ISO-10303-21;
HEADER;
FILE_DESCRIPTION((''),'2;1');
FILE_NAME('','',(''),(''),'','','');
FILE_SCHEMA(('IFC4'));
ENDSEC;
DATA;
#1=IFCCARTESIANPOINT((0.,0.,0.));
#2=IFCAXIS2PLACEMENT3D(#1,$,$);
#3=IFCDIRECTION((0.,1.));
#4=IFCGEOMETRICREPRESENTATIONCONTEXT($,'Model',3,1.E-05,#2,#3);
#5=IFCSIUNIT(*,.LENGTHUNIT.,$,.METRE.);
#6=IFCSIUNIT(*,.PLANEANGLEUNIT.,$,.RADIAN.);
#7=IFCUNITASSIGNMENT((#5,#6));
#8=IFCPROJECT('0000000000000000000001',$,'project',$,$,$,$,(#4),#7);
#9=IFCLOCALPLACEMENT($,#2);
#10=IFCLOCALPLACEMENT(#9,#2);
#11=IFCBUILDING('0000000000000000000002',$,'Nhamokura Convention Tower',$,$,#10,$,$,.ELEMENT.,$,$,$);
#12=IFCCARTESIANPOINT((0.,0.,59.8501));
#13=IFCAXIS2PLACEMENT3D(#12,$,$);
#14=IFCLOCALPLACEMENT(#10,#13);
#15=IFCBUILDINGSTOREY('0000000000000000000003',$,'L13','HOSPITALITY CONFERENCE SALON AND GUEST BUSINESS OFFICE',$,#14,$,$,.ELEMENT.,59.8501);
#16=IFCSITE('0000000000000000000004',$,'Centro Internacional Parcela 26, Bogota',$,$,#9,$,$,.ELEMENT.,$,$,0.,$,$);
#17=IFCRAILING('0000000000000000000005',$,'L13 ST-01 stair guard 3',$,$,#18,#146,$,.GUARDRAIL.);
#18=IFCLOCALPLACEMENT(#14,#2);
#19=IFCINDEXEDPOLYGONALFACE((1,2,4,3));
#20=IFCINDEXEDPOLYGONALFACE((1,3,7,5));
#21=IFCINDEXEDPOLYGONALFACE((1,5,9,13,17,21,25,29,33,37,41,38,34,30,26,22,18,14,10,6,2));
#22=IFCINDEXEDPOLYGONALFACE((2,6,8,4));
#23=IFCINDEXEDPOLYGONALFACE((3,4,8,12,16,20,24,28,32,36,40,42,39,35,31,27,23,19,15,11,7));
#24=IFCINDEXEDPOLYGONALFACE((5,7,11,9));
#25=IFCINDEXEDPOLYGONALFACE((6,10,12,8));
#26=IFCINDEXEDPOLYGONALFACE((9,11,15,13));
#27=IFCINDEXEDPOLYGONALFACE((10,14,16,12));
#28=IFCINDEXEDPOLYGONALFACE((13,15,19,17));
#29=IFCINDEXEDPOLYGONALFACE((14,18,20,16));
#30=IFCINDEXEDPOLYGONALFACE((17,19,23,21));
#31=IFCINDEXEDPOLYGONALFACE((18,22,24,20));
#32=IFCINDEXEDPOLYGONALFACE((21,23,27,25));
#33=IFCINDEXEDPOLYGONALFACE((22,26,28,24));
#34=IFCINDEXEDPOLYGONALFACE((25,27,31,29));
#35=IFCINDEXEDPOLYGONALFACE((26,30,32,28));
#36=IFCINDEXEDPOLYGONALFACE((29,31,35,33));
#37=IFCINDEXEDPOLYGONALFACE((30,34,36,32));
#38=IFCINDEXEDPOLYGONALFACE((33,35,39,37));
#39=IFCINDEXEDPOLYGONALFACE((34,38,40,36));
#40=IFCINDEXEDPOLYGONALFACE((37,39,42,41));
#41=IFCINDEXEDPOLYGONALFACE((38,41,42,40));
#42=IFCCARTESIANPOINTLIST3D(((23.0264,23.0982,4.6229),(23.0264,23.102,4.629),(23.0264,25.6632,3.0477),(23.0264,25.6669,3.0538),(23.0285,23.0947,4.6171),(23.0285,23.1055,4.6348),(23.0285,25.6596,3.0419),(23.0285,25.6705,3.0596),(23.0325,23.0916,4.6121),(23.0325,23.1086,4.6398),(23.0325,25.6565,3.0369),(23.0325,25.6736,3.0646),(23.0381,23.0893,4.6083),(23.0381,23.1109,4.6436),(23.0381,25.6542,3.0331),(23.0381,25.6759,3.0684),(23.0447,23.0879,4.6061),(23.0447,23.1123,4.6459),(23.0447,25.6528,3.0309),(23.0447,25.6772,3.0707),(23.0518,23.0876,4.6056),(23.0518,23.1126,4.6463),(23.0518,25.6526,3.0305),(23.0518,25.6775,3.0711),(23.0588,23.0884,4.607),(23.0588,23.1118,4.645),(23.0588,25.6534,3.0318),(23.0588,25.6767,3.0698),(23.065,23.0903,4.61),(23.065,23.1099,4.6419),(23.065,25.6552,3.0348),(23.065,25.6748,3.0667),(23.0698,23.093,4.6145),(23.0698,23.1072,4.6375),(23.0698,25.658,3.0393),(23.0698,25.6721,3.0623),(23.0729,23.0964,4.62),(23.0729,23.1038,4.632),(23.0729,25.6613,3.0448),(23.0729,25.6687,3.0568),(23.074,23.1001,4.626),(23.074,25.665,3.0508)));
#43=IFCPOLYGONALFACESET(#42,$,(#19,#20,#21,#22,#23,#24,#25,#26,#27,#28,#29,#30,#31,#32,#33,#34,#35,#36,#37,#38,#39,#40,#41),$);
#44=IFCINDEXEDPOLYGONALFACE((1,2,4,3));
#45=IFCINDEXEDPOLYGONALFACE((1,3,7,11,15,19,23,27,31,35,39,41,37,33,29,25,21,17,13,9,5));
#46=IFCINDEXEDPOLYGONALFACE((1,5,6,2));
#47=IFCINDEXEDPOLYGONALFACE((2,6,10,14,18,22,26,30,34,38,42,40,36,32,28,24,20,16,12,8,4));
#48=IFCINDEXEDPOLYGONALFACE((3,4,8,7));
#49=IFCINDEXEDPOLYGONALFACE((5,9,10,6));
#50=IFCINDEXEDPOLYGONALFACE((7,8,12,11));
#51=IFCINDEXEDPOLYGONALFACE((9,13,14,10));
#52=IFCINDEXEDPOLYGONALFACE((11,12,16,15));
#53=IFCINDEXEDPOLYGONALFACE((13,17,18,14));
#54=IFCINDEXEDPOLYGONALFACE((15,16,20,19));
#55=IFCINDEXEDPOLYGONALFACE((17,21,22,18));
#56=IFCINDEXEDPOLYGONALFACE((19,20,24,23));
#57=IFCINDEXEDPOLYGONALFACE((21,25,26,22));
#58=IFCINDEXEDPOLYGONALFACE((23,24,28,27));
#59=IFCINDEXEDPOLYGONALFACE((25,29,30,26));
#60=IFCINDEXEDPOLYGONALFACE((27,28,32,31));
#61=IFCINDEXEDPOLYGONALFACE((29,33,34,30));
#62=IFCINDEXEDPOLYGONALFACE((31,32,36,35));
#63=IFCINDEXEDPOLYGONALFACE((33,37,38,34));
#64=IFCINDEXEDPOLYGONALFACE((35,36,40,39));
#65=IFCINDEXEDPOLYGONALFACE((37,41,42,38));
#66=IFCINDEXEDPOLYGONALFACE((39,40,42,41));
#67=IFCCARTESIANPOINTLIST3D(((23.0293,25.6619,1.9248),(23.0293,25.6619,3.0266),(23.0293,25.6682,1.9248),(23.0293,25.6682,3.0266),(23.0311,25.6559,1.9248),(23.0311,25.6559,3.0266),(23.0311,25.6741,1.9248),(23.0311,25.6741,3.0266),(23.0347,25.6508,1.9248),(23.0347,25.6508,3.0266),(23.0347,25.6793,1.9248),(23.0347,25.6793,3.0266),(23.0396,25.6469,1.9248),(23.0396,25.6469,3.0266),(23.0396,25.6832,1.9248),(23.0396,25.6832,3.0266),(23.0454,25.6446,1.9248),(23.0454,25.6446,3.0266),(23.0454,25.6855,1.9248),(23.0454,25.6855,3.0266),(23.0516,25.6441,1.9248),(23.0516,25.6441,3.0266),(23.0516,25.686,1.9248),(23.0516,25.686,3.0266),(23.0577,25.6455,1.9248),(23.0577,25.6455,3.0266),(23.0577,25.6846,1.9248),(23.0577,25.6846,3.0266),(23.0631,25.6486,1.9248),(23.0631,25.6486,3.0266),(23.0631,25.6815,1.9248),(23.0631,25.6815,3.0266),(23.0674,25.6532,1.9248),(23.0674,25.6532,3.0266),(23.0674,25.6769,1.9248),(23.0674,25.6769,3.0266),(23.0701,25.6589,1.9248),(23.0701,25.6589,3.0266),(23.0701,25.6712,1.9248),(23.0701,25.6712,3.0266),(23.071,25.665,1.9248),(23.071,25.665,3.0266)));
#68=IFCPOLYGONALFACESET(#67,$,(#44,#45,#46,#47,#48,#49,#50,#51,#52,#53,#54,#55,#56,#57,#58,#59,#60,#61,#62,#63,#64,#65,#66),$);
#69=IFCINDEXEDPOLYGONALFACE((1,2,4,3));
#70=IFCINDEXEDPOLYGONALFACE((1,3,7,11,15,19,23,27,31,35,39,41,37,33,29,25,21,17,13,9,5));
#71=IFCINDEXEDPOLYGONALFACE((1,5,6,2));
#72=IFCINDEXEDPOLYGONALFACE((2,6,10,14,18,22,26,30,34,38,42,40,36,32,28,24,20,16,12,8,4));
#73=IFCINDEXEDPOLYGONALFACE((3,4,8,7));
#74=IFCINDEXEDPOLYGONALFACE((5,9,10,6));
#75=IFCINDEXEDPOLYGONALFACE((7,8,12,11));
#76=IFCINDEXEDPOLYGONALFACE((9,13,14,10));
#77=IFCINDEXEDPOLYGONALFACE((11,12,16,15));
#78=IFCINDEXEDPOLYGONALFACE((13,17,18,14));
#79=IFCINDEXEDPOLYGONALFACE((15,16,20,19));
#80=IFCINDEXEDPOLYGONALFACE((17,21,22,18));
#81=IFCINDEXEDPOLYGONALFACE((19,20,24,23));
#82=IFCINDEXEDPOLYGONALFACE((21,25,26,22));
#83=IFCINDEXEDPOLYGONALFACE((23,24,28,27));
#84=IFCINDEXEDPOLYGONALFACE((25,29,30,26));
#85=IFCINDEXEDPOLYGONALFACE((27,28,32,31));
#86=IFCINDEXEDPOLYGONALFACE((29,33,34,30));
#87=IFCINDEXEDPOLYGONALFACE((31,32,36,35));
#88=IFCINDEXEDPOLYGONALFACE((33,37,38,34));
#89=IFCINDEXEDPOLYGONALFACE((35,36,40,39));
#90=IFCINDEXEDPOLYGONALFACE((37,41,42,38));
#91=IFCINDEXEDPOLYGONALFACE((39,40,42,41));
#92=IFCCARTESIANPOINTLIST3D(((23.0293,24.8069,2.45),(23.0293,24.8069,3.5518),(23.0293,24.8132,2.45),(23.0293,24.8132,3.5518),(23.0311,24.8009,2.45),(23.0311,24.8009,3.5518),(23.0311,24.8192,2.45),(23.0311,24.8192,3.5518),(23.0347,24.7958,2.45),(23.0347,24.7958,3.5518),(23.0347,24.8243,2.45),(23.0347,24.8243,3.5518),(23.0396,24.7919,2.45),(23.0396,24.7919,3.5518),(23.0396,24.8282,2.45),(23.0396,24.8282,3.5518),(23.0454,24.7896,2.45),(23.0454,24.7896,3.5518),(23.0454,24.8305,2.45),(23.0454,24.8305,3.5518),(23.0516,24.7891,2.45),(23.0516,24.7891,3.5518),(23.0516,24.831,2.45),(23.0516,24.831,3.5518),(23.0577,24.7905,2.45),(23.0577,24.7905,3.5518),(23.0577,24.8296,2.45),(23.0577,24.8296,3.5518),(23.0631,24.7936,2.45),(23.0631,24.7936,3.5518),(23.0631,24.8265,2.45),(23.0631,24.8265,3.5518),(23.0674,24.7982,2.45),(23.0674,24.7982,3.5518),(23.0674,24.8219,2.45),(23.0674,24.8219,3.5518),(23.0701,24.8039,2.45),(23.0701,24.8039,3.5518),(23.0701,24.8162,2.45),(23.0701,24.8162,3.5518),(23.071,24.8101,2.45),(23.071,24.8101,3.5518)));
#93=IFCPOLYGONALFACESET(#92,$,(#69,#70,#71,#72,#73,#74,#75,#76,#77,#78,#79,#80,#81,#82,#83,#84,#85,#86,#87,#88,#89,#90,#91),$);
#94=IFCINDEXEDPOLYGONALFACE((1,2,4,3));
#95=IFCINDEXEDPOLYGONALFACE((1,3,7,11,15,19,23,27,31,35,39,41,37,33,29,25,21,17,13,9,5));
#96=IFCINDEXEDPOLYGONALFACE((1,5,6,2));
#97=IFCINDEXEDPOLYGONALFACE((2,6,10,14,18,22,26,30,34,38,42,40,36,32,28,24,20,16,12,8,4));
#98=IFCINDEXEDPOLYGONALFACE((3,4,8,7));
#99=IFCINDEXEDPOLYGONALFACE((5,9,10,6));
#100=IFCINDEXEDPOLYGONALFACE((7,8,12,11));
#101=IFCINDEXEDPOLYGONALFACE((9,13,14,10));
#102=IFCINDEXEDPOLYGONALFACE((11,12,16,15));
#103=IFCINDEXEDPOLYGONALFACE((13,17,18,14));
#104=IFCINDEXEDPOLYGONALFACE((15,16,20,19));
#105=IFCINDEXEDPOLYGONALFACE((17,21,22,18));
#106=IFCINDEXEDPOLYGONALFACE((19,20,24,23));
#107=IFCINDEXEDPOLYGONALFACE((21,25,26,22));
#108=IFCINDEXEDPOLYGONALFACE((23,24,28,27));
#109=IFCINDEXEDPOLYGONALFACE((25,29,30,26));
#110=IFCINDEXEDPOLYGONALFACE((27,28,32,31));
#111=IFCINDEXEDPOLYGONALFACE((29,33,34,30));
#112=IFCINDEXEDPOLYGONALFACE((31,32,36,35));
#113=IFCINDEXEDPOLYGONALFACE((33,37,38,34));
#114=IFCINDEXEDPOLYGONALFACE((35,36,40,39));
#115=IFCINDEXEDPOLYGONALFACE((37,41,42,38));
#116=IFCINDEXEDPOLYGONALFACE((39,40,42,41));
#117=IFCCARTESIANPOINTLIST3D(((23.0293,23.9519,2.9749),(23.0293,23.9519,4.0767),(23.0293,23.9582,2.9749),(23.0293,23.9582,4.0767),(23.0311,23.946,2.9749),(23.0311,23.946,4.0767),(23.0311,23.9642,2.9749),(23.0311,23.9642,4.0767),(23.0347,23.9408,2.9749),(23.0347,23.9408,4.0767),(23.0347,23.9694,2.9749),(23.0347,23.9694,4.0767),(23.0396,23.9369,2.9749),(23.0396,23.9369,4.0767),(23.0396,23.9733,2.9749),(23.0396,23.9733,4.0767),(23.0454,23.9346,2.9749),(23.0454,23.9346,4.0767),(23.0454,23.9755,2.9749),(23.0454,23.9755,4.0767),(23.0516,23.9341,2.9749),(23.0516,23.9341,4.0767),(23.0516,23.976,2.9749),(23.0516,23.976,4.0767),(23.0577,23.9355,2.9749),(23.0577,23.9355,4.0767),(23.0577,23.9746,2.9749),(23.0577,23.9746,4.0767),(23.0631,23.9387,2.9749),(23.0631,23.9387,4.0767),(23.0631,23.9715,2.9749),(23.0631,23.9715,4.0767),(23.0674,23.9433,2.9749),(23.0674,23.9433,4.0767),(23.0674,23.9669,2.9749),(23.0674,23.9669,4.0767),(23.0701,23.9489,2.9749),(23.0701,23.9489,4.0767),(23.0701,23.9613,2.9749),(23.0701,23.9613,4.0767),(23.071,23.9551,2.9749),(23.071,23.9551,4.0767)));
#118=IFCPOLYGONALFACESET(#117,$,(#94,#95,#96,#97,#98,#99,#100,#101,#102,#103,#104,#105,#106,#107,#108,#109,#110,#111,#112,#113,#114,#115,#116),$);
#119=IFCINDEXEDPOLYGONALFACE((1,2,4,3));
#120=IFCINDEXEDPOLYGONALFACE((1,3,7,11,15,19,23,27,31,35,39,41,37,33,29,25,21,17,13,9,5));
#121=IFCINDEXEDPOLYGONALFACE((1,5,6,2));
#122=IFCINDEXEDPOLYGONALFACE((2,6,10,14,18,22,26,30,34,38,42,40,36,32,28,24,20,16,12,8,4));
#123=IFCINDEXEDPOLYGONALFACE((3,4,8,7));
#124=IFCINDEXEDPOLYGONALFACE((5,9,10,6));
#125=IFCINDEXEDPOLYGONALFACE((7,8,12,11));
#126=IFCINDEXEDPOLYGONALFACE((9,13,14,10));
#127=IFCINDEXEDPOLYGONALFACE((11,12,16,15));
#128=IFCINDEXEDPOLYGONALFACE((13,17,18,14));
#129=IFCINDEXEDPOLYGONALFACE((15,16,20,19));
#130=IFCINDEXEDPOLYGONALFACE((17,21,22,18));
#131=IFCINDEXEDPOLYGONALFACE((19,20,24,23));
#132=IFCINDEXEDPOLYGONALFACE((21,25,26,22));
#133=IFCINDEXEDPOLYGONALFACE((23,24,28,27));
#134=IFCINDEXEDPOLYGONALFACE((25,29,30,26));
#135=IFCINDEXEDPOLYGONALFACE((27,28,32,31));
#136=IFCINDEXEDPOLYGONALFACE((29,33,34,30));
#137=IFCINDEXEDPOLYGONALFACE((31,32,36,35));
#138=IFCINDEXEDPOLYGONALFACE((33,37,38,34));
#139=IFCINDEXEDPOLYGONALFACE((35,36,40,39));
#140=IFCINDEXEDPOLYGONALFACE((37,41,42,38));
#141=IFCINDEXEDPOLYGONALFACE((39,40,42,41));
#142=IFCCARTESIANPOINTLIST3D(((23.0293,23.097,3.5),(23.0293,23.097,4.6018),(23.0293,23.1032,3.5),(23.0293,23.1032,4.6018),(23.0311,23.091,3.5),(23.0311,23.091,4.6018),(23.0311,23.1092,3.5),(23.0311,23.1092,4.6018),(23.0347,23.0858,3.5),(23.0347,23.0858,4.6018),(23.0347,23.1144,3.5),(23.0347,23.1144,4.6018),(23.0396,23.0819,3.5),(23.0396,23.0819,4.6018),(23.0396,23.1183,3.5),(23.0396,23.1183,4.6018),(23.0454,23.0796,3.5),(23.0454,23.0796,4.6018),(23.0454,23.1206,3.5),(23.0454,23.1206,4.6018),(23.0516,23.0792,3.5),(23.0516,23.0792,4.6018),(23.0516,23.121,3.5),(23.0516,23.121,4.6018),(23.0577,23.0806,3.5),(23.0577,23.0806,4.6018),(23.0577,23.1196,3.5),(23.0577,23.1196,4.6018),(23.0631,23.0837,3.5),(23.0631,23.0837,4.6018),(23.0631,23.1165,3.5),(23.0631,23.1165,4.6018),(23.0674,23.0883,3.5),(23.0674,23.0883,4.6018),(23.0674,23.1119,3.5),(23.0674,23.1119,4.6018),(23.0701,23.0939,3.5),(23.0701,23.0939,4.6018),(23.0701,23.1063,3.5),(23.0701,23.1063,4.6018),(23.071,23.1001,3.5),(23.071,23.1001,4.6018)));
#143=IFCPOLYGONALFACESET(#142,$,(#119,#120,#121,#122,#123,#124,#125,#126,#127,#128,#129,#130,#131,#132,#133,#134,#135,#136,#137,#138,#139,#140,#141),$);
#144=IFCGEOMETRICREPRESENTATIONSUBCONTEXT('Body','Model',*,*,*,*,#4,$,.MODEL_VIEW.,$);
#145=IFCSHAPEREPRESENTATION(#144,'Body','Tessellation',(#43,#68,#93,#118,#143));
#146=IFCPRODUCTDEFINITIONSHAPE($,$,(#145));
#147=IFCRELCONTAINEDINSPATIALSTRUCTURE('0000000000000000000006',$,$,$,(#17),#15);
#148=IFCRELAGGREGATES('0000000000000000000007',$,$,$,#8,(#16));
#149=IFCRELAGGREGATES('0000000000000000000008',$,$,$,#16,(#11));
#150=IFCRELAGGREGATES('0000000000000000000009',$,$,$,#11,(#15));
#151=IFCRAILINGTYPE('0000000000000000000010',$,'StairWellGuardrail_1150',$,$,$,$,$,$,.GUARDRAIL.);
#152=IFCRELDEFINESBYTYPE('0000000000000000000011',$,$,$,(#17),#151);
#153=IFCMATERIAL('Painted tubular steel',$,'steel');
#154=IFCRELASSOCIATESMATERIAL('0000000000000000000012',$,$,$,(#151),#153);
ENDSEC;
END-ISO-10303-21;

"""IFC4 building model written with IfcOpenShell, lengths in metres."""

from ifc_helpers import new_model, si_unit, direction, frame, origin, origin_2d, place, context, subcontext, project, spatial, circle, extrude, material, type_object, element, save


model = new_model("IFC4")

# Units and contexts
model_context = context("Model", 3, precision=1e-05, world=origin(), true_north=direction((0.0, 1.0)))
body_context = subcontext(model_context, "Body", "Model", "MODEL_VIEW")
ifc_project = project(units=[si_unit("LENGTHUNIT", "METRE"), si_unit("PLANEANGLEUNIT", "RADIAN")], contexts=[model_context])

# Site, building, storey
site_placement = place(None, origin())
site = spatial("IfcSite", under=ifc_project, at=site_placement, Name="Centro Internacional Parcela 26, Bogota", CompositionType="ELEMENT", RefElevation=0.0)
building_placement = place(site_placement, origin())
building = spatial("IfcBuilding", under=site, at=building_placement, Name="Nhamokura Convention Tower", CompositionType="ELEMENT")
storey_placement = place(building_placement, frame((0.0, 0.0, 59.8501)))
storey = spatial("IfcBuildingStorey", under=building, at=storey_placement, Name="L13", Description="HOSPITALITY CONFERENCE SALON AND GUEST BUSINESS OFFICE", CompositionType="ELEMENT", Elevation=59.8501)

# Railing
ifc_material_1 = material(Name="Painted tubular steel", Category="steel")
railing_type_1 = type_object("IfcRailingType", Name="StairWellGuardrail_1150", PredefinedType="GUARDRAIL", material=ifc_material_1)
railing_1_placement = place(storey_placement, frame((23.05, 25.665, 1.9248)))
element("IfcRailing", 1, at=railing_1_placement, inside=storey, type_object=railing_type_1, Name="L13 ST-01 stair guard 3", PredefinedType="GUARDRAIL", context=body_context, shape_type="SweptSolid", body=[
    extrude(circle(Radius=0.0239, at=origin_2d()), frame((0.0, 0.0, 1.126), z_axis=(0.0, -0.852137, 0.523319), x_axis=(1.0, 0.0, 0.0)), (0.0, 0.0, 1.0), 3.01),
    extrude(circle(Radius=0.021, at=origin_2d()), origin(), (0.0, 0.0, 1.0), 1.1018),
    extrude(circle(Radius=0.021, at=origin_2d()), frame((0.0, -0.855, 0.5251)), (0.0, 0.0, 1.0), 1.1018),
    extrude(circle(Radius=0.021, at=origin_2d()), frame((0.0, -1.71, 1.05)), (0.0, 0.0, 1.0), 1.1018),
    extrude(circle(Radius=0.021, at=origin_2d()), frame((0.0, -2.5649, 1.5752)), (0.0, 0.0, 1.0), 1.1018),
])

save(model, "model.ifc")
